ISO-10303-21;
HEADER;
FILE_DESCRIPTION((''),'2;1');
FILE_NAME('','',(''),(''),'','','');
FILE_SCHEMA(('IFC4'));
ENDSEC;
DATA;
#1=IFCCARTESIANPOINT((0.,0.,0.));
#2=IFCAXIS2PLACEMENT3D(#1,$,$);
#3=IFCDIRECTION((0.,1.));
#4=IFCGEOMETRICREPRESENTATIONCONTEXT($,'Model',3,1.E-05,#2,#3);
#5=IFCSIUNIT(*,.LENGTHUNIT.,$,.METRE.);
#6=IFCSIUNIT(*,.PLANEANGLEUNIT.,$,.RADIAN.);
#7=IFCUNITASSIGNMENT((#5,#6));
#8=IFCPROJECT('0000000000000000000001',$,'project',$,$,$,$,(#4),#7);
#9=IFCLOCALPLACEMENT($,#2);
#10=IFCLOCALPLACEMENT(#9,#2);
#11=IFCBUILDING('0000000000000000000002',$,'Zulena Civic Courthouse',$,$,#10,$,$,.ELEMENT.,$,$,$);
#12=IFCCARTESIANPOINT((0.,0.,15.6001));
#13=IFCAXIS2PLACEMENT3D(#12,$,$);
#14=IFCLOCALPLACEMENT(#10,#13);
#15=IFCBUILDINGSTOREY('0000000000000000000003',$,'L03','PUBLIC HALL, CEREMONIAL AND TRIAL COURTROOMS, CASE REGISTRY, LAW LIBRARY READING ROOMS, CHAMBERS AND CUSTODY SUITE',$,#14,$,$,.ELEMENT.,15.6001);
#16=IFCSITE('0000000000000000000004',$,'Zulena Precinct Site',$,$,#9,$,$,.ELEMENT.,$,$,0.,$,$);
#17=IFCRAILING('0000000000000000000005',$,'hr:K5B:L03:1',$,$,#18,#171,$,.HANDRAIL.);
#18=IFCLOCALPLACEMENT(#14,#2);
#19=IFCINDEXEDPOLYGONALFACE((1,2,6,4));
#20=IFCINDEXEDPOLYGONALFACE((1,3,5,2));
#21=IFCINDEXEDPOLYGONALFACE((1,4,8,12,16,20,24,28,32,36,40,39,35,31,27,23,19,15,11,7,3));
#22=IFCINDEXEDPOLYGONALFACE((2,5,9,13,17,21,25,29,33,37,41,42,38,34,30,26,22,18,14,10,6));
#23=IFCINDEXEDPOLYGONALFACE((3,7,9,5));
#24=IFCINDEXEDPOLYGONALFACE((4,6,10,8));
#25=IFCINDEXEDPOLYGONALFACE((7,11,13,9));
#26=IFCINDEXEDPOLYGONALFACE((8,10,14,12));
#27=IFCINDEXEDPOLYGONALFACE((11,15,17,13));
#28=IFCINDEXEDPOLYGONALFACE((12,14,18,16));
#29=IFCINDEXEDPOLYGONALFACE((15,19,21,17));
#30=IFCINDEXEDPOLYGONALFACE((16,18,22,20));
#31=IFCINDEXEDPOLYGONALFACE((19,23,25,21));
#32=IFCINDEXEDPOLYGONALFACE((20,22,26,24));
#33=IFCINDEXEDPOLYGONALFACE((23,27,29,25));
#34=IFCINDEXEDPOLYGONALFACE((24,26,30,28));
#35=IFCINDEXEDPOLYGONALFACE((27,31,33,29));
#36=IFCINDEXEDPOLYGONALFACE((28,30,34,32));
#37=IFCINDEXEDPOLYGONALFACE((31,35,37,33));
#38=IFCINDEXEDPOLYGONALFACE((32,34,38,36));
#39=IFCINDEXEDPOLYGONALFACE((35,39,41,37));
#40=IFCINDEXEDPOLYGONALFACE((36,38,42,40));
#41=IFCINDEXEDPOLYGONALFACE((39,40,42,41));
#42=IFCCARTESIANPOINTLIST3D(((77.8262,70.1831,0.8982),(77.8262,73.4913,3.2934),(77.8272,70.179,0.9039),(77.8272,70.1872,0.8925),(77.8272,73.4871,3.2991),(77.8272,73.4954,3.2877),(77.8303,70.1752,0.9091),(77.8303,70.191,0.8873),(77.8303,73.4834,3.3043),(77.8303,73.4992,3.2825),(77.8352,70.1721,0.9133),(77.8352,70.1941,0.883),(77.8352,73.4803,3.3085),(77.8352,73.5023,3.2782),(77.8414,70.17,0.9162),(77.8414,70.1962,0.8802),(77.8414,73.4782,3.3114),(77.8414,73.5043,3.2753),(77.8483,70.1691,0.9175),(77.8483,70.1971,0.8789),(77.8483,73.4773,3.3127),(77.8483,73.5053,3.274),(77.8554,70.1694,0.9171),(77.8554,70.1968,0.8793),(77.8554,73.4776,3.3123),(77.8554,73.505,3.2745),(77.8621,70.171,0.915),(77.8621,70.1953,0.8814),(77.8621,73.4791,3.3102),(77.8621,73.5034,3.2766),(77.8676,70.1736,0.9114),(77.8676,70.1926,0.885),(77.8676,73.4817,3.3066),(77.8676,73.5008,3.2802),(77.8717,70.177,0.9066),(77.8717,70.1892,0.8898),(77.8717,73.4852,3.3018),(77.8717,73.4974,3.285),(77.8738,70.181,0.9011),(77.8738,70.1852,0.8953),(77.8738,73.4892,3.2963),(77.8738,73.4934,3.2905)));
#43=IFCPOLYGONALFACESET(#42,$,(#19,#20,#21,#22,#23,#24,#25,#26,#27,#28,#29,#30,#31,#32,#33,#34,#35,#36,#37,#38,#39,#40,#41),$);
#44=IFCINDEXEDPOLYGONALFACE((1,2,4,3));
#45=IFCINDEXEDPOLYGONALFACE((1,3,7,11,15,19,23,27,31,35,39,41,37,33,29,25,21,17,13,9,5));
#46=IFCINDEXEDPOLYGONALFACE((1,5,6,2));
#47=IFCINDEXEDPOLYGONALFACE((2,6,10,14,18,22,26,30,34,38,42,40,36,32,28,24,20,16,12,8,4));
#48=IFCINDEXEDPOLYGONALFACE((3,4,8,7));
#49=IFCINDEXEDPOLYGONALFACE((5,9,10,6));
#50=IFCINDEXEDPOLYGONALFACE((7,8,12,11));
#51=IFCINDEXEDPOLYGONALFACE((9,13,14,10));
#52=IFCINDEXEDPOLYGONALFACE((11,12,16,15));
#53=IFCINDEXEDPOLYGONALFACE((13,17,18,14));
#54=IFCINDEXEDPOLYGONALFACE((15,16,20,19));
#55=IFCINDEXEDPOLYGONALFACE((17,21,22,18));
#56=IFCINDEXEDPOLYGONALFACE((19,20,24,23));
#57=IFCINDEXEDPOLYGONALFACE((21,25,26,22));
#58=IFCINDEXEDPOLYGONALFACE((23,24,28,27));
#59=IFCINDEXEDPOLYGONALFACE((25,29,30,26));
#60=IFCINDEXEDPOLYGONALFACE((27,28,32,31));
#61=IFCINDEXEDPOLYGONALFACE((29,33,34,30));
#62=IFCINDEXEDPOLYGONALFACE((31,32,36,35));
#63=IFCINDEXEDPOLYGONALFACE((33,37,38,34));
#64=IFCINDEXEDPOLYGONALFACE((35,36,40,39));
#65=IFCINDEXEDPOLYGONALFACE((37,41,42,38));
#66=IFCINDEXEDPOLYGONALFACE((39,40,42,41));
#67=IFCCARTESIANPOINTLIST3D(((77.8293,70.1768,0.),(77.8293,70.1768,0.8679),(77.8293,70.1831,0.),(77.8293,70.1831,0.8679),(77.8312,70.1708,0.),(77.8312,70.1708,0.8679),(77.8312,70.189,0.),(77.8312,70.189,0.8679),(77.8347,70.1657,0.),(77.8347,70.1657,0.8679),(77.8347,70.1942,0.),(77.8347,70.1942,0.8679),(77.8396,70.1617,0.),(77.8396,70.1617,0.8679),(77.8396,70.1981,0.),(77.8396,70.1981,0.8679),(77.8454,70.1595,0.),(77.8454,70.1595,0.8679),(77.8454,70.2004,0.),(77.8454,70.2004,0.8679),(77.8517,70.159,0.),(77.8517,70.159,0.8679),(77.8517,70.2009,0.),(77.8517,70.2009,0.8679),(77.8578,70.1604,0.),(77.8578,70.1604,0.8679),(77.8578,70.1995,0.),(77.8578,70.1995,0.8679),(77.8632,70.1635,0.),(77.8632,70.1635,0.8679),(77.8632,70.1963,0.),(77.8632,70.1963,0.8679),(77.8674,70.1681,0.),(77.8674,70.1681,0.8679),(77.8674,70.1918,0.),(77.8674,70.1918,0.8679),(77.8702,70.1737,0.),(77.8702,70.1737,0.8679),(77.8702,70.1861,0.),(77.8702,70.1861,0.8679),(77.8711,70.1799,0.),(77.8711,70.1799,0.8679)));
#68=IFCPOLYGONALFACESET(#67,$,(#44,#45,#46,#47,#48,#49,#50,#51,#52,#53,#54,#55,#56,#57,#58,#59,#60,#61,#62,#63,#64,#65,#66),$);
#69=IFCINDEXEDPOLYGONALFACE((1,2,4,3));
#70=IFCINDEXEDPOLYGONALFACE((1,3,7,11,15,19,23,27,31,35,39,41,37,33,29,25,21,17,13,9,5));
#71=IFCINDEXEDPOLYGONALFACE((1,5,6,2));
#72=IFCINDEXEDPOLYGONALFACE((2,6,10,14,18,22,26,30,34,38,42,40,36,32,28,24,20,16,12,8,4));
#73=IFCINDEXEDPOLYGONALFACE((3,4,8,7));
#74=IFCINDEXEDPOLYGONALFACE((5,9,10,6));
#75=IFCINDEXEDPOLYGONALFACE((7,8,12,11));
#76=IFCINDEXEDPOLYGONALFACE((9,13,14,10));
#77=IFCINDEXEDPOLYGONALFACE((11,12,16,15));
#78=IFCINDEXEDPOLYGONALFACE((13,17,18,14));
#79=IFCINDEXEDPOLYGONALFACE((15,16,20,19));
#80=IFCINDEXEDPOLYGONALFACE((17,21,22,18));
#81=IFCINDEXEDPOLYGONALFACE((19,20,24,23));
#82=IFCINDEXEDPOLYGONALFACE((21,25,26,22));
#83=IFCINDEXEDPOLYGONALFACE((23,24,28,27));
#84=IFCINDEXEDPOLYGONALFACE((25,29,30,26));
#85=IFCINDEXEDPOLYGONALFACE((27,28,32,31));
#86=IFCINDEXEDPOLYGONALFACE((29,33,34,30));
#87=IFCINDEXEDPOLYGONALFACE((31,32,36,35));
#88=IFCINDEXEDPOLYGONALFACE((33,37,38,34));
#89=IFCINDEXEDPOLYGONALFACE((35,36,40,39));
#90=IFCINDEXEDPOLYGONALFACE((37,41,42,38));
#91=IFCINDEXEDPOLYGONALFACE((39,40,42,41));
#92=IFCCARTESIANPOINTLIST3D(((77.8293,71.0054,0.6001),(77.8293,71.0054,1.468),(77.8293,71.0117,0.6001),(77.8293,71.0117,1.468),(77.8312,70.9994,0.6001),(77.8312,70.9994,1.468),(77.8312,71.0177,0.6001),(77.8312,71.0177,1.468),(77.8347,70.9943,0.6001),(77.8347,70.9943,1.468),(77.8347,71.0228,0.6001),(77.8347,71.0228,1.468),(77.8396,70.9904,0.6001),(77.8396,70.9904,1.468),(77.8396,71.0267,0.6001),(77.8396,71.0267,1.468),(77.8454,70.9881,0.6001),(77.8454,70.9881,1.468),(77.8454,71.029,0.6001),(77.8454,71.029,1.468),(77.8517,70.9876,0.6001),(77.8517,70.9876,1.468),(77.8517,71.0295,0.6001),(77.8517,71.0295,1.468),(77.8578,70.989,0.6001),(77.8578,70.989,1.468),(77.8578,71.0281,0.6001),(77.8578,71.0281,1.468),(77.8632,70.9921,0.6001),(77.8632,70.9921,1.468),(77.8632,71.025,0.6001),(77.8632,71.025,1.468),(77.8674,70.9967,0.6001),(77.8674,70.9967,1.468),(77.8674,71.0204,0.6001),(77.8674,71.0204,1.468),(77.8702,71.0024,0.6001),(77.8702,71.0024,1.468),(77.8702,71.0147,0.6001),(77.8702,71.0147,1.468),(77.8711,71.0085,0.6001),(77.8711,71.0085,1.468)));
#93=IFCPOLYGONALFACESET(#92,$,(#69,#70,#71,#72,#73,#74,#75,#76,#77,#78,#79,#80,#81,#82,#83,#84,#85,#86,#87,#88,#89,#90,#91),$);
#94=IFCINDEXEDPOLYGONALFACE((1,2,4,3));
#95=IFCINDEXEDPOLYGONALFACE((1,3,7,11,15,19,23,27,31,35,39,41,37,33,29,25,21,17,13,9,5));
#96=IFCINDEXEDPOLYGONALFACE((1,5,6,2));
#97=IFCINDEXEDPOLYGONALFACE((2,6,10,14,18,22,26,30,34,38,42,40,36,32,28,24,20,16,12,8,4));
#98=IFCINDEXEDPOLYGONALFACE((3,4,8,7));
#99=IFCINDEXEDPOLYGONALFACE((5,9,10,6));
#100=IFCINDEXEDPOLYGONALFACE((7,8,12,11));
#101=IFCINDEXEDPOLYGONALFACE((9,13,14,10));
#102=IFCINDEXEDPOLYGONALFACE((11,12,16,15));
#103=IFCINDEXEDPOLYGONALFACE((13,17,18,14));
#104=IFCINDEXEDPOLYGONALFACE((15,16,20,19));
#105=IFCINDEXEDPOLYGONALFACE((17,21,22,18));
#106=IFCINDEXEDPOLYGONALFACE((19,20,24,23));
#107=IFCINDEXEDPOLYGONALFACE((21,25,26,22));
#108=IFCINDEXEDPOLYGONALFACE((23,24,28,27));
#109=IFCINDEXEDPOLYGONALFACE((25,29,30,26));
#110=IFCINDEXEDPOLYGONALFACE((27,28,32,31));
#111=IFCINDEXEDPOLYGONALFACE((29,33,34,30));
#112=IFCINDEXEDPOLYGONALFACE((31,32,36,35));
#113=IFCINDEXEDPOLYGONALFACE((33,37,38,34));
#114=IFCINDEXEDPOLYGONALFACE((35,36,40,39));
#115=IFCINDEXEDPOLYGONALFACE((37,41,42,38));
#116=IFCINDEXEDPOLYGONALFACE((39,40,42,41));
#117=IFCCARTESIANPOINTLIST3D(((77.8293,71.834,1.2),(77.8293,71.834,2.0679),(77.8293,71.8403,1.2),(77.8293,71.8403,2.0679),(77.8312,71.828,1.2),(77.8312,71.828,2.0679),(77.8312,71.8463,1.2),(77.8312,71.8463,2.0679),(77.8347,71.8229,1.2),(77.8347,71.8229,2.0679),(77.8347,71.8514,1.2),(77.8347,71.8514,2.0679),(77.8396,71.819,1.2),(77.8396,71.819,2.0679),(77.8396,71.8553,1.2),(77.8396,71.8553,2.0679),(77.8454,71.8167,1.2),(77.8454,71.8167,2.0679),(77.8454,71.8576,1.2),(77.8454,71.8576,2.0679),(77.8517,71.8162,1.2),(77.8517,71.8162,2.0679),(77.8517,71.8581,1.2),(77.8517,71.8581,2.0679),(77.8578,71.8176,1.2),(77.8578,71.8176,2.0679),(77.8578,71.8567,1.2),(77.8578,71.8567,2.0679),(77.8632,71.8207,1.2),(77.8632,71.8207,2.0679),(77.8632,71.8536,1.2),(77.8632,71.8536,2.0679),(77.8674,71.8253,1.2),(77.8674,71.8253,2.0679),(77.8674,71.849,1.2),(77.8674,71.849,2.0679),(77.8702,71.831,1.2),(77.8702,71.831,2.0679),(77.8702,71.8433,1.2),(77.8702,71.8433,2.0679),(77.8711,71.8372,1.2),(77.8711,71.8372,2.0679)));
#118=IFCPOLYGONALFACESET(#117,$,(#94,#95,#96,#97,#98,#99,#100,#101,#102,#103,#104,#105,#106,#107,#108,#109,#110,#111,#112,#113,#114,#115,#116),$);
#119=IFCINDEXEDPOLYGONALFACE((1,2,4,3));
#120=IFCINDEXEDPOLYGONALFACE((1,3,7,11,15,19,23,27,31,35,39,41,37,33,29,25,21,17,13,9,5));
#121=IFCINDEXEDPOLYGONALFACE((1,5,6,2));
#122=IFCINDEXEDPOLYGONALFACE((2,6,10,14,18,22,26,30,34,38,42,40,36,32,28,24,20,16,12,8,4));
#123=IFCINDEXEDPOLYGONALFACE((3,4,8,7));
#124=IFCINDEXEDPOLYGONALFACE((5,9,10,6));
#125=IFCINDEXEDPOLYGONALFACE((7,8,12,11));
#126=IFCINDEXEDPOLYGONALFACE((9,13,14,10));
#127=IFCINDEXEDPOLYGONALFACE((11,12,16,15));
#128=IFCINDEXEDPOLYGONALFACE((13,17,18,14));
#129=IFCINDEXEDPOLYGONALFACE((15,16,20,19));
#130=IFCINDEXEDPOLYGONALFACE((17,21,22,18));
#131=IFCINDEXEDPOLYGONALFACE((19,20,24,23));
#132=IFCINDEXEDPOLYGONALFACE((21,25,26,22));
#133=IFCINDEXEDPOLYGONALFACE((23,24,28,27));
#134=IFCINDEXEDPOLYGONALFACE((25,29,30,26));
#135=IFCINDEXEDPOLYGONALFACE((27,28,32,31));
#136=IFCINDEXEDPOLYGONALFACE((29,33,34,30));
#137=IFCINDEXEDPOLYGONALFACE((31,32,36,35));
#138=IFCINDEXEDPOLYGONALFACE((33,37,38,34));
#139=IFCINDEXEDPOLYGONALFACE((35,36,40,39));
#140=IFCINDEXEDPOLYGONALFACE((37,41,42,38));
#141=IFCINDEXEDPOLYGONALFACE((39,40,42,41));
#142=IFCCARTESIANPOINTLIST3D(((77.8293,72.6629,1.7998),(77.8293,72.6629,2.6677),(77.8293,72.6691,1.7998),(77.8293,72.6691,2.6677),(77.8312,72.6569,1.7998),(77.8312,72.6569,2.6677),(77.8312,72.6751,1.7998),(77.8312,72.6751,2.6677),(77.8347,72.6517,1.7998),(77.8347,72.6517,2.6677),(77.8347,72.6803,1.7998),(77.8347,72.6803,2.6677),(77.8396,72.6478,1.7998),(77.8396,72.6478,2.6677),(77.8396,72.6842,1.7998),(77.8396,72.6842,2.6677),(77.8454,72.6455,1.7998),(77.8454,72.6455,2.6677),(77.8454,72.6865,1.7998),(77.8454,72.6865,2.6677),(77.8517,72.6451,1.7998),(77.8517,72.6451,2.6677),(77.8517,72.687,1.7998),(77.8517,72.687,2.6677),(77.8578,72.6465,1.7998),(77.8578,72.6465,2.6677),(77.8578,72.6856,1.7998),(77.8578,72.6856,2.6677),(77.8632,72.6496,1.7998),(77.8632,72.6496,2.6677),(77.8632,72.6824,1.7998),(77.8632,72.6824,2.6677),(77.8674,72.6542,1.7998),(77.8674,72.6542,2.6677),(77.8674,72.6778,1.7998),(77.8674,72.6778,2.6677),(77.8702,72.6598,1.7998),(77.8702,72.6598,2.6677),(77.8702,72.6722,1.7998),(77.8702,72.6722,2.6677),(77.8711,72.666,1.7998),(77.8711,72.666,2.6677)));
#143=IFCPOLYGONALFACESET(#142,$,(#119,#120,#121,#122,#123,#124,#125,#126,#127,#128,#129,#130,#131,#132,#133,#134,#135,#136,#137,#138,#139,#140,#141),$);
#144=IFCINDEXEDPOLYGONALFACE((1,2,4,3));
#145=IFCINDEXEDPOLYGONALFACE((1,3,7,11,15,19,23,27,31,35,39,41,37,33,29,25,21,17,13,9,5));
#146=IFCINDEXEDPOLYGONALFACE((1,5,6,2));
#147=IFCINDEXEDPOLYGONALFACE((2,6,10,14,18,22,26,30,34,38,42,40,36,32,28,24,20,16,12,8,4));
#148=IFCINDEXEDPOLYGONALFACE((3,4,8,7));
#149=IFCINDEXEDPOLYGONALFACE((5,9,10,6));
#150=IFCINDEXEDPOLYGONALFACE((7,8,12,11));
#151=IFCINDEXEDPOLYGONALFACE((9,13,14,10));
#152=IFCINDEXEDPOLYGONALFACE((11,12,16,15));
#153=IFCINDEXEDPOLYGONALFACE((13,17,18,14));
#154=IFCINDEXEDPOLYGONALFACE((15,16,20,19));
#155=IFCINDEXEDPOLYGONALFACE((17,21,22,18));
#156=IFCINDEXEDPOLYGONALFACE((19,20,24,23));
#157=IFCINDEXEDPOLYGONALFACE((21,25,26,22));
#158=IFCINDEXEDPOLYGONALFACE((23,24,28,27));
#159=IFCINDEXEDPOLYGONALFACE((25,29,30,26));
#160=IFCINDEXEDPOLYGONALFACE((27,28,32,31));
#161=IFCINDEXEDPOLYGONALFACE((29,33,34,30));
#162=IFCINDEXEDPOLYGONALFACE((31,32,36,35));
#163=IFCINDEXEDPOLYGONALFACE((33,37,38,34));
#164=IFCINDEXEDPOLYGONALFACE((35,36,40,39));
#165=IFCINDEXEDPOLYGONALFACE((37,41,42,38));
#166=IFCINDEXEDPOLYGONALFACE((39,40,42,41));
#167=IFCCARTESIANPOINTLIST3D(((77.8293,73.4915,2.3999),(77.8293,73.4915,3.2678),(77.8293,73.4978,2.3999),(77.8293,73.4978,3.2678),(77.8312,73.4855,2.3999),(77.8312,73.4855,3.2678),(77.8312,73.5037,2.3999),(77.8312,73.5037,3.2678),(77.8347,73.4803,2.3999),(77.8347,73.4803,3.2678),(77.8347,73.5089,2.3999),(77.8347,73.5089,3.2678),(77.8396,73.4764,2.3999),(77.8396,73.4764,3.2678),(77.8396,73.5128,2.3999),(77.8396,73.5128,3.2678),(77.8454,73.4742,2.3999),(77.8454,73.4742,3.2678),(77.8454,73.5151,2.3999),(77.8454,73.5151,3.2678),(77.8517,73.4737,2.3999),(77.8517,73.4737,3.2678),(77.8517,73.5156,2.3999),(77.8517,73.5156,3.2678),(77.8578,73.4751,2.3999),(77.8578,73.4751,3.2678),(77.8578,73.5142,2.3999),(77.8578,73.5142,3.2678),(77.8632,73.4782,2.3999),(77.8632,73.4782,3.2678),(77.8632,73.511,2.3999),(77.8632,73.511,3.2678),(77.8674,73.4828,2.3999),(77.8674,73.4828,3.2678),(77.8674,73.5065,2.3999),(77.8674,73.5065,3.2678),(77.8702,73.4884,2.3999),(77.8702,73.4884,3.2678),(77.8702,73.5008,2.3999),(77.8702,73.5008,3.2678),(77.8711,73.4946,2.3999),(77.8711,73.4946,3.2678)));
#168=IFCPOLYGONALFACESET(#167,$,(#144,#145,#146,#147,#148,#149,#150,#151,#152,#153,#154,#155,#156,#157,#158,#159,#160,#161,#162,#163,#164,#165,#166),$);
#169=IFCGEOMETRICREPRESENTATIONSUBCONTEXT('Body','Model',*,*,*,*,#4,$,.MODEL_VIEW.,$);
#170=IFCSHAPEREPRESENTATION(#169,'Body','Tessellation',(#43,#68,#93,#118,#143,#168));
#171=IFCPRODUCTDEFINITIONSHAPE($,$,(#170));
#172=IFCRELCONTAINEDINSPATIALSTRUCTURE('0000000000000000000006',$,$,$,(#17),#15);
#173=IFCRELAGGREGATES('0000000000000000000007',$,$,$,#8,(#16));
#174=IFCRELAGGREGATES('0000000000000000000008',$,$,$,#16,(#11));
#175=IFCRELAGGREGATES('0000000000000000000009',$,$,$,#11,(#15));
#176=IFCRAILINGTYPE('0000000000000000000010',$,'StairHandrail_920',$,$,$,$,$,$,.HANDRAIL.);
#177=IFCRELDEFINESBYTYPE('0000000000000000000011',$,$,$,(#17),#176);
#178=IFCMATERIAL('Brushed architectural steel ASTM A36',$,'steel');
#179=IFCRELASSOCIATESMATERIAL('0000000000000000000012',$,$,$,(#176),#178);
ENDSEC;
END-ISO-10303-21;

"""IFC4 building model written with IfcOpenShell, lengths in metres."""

from ifc_helpers import new_model, si_unit, direction, frame, origin, origin_2d, place, context, subcontext, project, spatial, circle, extrude, material, type_object, element, save


model = new_model("IFC4")

# Units and contexts
model_context = context("Model", 3, precision=1e-05, world=origin(), true_north=direction((0.0, 1.0)))
body_context = subcontext(model_context, "Body", "Model", "MODEL_VIEW")
ifc_project = project(units=[si_unit("LENGTHUNIT", "METRE"), si_unit("PLANEANGLEUNIT", "RADIAN")], contexts=[model_context])

# Site, building, storey
site_placement = place(None, origin())
site = spatial("IfcSite", under=ifc_project, at=site_placement, Name="Zulena Precinct Site", CompositionType="ELEMENT", RefElevation=0.0)
building_placement = place(site_placement, origin())
building = spatial("IfcBuilding", under=site, at=building_placement, Name="Zulena Civic Courthouse", CompositionType="ELEMENT")
storey_placement = place(building_placement, frame((0.0, 0.0, 15.6001)))
storey = spatial("IfcBuildingStorey", under=building, at=storey_placement, Name="L03", Description="PUBLIC HALL, CEREMONIAL AND TRIAL COURTROOMS, CASE REGISTRY, LAW LIBRARY READING ROOMS, CHAMBERS AND CUSTODY SUITE", CompositionType="ELEMENT", Elevation=15.6001)

# Railing
ifc_material_1 = material(Name="Brushed architectural steel ASTM A36", Category="steel")
railing_type_1 = type_object("IfcRailingType", Name="StairHandrail_920", PredefinedType="HANDRAIL", material=ifc_material_1)
railing_1_placement = place(storey_placement, frame((77.8501, 70.1799, 0.0)))
element("IfcRailing", 1, at=railing_1_placement, inside=storey, type_object=railing_type_1, Name="hr:K5B:L03:1", PredefinedType="HANDRAIL", context=body_context, shape_type="SweptSolid", body=[
    extrude(circle(Radius=0.0239, at=origin_2d()), frame((0.0, 0.0032, 0.8982), z_axis=(0.0, 0.809988, 0.586446), x_axis=(-1.0, 0.0, 0.0)), (0.0, 0.0, 1.0), 4.0842),
    extrude(circle(Radius=0.021, at=origin_2d()), origin(), (0.0, 0.0, 1.0), 0.8679),
    extrude(circle(Radius=0.021, at=origin_2d()), frame((0.0, 0.8286, 0.6001)), (0.0, 0.0, 1.0), 0.8679),
    extrude(circle(Radius=0.021, at=origin_2d()), frame((0.0, 1.6572, 1.2)), (0.0, 0.0, 1.0), 0.8679),
    extrude(circle(Radius=0.021, at=origin_2d()), frame((0.0, 2.4861, 1.7998)), (0.0, 0.0, 1.0), 0.8679),
    extrude(circle(Radius=0.021, at=origin_2d()), frame((0.0, 3.3147, 2.3999)), (0.0, 0.0, 1.0), 0.8679),
])

save(model, "model.ifc")
